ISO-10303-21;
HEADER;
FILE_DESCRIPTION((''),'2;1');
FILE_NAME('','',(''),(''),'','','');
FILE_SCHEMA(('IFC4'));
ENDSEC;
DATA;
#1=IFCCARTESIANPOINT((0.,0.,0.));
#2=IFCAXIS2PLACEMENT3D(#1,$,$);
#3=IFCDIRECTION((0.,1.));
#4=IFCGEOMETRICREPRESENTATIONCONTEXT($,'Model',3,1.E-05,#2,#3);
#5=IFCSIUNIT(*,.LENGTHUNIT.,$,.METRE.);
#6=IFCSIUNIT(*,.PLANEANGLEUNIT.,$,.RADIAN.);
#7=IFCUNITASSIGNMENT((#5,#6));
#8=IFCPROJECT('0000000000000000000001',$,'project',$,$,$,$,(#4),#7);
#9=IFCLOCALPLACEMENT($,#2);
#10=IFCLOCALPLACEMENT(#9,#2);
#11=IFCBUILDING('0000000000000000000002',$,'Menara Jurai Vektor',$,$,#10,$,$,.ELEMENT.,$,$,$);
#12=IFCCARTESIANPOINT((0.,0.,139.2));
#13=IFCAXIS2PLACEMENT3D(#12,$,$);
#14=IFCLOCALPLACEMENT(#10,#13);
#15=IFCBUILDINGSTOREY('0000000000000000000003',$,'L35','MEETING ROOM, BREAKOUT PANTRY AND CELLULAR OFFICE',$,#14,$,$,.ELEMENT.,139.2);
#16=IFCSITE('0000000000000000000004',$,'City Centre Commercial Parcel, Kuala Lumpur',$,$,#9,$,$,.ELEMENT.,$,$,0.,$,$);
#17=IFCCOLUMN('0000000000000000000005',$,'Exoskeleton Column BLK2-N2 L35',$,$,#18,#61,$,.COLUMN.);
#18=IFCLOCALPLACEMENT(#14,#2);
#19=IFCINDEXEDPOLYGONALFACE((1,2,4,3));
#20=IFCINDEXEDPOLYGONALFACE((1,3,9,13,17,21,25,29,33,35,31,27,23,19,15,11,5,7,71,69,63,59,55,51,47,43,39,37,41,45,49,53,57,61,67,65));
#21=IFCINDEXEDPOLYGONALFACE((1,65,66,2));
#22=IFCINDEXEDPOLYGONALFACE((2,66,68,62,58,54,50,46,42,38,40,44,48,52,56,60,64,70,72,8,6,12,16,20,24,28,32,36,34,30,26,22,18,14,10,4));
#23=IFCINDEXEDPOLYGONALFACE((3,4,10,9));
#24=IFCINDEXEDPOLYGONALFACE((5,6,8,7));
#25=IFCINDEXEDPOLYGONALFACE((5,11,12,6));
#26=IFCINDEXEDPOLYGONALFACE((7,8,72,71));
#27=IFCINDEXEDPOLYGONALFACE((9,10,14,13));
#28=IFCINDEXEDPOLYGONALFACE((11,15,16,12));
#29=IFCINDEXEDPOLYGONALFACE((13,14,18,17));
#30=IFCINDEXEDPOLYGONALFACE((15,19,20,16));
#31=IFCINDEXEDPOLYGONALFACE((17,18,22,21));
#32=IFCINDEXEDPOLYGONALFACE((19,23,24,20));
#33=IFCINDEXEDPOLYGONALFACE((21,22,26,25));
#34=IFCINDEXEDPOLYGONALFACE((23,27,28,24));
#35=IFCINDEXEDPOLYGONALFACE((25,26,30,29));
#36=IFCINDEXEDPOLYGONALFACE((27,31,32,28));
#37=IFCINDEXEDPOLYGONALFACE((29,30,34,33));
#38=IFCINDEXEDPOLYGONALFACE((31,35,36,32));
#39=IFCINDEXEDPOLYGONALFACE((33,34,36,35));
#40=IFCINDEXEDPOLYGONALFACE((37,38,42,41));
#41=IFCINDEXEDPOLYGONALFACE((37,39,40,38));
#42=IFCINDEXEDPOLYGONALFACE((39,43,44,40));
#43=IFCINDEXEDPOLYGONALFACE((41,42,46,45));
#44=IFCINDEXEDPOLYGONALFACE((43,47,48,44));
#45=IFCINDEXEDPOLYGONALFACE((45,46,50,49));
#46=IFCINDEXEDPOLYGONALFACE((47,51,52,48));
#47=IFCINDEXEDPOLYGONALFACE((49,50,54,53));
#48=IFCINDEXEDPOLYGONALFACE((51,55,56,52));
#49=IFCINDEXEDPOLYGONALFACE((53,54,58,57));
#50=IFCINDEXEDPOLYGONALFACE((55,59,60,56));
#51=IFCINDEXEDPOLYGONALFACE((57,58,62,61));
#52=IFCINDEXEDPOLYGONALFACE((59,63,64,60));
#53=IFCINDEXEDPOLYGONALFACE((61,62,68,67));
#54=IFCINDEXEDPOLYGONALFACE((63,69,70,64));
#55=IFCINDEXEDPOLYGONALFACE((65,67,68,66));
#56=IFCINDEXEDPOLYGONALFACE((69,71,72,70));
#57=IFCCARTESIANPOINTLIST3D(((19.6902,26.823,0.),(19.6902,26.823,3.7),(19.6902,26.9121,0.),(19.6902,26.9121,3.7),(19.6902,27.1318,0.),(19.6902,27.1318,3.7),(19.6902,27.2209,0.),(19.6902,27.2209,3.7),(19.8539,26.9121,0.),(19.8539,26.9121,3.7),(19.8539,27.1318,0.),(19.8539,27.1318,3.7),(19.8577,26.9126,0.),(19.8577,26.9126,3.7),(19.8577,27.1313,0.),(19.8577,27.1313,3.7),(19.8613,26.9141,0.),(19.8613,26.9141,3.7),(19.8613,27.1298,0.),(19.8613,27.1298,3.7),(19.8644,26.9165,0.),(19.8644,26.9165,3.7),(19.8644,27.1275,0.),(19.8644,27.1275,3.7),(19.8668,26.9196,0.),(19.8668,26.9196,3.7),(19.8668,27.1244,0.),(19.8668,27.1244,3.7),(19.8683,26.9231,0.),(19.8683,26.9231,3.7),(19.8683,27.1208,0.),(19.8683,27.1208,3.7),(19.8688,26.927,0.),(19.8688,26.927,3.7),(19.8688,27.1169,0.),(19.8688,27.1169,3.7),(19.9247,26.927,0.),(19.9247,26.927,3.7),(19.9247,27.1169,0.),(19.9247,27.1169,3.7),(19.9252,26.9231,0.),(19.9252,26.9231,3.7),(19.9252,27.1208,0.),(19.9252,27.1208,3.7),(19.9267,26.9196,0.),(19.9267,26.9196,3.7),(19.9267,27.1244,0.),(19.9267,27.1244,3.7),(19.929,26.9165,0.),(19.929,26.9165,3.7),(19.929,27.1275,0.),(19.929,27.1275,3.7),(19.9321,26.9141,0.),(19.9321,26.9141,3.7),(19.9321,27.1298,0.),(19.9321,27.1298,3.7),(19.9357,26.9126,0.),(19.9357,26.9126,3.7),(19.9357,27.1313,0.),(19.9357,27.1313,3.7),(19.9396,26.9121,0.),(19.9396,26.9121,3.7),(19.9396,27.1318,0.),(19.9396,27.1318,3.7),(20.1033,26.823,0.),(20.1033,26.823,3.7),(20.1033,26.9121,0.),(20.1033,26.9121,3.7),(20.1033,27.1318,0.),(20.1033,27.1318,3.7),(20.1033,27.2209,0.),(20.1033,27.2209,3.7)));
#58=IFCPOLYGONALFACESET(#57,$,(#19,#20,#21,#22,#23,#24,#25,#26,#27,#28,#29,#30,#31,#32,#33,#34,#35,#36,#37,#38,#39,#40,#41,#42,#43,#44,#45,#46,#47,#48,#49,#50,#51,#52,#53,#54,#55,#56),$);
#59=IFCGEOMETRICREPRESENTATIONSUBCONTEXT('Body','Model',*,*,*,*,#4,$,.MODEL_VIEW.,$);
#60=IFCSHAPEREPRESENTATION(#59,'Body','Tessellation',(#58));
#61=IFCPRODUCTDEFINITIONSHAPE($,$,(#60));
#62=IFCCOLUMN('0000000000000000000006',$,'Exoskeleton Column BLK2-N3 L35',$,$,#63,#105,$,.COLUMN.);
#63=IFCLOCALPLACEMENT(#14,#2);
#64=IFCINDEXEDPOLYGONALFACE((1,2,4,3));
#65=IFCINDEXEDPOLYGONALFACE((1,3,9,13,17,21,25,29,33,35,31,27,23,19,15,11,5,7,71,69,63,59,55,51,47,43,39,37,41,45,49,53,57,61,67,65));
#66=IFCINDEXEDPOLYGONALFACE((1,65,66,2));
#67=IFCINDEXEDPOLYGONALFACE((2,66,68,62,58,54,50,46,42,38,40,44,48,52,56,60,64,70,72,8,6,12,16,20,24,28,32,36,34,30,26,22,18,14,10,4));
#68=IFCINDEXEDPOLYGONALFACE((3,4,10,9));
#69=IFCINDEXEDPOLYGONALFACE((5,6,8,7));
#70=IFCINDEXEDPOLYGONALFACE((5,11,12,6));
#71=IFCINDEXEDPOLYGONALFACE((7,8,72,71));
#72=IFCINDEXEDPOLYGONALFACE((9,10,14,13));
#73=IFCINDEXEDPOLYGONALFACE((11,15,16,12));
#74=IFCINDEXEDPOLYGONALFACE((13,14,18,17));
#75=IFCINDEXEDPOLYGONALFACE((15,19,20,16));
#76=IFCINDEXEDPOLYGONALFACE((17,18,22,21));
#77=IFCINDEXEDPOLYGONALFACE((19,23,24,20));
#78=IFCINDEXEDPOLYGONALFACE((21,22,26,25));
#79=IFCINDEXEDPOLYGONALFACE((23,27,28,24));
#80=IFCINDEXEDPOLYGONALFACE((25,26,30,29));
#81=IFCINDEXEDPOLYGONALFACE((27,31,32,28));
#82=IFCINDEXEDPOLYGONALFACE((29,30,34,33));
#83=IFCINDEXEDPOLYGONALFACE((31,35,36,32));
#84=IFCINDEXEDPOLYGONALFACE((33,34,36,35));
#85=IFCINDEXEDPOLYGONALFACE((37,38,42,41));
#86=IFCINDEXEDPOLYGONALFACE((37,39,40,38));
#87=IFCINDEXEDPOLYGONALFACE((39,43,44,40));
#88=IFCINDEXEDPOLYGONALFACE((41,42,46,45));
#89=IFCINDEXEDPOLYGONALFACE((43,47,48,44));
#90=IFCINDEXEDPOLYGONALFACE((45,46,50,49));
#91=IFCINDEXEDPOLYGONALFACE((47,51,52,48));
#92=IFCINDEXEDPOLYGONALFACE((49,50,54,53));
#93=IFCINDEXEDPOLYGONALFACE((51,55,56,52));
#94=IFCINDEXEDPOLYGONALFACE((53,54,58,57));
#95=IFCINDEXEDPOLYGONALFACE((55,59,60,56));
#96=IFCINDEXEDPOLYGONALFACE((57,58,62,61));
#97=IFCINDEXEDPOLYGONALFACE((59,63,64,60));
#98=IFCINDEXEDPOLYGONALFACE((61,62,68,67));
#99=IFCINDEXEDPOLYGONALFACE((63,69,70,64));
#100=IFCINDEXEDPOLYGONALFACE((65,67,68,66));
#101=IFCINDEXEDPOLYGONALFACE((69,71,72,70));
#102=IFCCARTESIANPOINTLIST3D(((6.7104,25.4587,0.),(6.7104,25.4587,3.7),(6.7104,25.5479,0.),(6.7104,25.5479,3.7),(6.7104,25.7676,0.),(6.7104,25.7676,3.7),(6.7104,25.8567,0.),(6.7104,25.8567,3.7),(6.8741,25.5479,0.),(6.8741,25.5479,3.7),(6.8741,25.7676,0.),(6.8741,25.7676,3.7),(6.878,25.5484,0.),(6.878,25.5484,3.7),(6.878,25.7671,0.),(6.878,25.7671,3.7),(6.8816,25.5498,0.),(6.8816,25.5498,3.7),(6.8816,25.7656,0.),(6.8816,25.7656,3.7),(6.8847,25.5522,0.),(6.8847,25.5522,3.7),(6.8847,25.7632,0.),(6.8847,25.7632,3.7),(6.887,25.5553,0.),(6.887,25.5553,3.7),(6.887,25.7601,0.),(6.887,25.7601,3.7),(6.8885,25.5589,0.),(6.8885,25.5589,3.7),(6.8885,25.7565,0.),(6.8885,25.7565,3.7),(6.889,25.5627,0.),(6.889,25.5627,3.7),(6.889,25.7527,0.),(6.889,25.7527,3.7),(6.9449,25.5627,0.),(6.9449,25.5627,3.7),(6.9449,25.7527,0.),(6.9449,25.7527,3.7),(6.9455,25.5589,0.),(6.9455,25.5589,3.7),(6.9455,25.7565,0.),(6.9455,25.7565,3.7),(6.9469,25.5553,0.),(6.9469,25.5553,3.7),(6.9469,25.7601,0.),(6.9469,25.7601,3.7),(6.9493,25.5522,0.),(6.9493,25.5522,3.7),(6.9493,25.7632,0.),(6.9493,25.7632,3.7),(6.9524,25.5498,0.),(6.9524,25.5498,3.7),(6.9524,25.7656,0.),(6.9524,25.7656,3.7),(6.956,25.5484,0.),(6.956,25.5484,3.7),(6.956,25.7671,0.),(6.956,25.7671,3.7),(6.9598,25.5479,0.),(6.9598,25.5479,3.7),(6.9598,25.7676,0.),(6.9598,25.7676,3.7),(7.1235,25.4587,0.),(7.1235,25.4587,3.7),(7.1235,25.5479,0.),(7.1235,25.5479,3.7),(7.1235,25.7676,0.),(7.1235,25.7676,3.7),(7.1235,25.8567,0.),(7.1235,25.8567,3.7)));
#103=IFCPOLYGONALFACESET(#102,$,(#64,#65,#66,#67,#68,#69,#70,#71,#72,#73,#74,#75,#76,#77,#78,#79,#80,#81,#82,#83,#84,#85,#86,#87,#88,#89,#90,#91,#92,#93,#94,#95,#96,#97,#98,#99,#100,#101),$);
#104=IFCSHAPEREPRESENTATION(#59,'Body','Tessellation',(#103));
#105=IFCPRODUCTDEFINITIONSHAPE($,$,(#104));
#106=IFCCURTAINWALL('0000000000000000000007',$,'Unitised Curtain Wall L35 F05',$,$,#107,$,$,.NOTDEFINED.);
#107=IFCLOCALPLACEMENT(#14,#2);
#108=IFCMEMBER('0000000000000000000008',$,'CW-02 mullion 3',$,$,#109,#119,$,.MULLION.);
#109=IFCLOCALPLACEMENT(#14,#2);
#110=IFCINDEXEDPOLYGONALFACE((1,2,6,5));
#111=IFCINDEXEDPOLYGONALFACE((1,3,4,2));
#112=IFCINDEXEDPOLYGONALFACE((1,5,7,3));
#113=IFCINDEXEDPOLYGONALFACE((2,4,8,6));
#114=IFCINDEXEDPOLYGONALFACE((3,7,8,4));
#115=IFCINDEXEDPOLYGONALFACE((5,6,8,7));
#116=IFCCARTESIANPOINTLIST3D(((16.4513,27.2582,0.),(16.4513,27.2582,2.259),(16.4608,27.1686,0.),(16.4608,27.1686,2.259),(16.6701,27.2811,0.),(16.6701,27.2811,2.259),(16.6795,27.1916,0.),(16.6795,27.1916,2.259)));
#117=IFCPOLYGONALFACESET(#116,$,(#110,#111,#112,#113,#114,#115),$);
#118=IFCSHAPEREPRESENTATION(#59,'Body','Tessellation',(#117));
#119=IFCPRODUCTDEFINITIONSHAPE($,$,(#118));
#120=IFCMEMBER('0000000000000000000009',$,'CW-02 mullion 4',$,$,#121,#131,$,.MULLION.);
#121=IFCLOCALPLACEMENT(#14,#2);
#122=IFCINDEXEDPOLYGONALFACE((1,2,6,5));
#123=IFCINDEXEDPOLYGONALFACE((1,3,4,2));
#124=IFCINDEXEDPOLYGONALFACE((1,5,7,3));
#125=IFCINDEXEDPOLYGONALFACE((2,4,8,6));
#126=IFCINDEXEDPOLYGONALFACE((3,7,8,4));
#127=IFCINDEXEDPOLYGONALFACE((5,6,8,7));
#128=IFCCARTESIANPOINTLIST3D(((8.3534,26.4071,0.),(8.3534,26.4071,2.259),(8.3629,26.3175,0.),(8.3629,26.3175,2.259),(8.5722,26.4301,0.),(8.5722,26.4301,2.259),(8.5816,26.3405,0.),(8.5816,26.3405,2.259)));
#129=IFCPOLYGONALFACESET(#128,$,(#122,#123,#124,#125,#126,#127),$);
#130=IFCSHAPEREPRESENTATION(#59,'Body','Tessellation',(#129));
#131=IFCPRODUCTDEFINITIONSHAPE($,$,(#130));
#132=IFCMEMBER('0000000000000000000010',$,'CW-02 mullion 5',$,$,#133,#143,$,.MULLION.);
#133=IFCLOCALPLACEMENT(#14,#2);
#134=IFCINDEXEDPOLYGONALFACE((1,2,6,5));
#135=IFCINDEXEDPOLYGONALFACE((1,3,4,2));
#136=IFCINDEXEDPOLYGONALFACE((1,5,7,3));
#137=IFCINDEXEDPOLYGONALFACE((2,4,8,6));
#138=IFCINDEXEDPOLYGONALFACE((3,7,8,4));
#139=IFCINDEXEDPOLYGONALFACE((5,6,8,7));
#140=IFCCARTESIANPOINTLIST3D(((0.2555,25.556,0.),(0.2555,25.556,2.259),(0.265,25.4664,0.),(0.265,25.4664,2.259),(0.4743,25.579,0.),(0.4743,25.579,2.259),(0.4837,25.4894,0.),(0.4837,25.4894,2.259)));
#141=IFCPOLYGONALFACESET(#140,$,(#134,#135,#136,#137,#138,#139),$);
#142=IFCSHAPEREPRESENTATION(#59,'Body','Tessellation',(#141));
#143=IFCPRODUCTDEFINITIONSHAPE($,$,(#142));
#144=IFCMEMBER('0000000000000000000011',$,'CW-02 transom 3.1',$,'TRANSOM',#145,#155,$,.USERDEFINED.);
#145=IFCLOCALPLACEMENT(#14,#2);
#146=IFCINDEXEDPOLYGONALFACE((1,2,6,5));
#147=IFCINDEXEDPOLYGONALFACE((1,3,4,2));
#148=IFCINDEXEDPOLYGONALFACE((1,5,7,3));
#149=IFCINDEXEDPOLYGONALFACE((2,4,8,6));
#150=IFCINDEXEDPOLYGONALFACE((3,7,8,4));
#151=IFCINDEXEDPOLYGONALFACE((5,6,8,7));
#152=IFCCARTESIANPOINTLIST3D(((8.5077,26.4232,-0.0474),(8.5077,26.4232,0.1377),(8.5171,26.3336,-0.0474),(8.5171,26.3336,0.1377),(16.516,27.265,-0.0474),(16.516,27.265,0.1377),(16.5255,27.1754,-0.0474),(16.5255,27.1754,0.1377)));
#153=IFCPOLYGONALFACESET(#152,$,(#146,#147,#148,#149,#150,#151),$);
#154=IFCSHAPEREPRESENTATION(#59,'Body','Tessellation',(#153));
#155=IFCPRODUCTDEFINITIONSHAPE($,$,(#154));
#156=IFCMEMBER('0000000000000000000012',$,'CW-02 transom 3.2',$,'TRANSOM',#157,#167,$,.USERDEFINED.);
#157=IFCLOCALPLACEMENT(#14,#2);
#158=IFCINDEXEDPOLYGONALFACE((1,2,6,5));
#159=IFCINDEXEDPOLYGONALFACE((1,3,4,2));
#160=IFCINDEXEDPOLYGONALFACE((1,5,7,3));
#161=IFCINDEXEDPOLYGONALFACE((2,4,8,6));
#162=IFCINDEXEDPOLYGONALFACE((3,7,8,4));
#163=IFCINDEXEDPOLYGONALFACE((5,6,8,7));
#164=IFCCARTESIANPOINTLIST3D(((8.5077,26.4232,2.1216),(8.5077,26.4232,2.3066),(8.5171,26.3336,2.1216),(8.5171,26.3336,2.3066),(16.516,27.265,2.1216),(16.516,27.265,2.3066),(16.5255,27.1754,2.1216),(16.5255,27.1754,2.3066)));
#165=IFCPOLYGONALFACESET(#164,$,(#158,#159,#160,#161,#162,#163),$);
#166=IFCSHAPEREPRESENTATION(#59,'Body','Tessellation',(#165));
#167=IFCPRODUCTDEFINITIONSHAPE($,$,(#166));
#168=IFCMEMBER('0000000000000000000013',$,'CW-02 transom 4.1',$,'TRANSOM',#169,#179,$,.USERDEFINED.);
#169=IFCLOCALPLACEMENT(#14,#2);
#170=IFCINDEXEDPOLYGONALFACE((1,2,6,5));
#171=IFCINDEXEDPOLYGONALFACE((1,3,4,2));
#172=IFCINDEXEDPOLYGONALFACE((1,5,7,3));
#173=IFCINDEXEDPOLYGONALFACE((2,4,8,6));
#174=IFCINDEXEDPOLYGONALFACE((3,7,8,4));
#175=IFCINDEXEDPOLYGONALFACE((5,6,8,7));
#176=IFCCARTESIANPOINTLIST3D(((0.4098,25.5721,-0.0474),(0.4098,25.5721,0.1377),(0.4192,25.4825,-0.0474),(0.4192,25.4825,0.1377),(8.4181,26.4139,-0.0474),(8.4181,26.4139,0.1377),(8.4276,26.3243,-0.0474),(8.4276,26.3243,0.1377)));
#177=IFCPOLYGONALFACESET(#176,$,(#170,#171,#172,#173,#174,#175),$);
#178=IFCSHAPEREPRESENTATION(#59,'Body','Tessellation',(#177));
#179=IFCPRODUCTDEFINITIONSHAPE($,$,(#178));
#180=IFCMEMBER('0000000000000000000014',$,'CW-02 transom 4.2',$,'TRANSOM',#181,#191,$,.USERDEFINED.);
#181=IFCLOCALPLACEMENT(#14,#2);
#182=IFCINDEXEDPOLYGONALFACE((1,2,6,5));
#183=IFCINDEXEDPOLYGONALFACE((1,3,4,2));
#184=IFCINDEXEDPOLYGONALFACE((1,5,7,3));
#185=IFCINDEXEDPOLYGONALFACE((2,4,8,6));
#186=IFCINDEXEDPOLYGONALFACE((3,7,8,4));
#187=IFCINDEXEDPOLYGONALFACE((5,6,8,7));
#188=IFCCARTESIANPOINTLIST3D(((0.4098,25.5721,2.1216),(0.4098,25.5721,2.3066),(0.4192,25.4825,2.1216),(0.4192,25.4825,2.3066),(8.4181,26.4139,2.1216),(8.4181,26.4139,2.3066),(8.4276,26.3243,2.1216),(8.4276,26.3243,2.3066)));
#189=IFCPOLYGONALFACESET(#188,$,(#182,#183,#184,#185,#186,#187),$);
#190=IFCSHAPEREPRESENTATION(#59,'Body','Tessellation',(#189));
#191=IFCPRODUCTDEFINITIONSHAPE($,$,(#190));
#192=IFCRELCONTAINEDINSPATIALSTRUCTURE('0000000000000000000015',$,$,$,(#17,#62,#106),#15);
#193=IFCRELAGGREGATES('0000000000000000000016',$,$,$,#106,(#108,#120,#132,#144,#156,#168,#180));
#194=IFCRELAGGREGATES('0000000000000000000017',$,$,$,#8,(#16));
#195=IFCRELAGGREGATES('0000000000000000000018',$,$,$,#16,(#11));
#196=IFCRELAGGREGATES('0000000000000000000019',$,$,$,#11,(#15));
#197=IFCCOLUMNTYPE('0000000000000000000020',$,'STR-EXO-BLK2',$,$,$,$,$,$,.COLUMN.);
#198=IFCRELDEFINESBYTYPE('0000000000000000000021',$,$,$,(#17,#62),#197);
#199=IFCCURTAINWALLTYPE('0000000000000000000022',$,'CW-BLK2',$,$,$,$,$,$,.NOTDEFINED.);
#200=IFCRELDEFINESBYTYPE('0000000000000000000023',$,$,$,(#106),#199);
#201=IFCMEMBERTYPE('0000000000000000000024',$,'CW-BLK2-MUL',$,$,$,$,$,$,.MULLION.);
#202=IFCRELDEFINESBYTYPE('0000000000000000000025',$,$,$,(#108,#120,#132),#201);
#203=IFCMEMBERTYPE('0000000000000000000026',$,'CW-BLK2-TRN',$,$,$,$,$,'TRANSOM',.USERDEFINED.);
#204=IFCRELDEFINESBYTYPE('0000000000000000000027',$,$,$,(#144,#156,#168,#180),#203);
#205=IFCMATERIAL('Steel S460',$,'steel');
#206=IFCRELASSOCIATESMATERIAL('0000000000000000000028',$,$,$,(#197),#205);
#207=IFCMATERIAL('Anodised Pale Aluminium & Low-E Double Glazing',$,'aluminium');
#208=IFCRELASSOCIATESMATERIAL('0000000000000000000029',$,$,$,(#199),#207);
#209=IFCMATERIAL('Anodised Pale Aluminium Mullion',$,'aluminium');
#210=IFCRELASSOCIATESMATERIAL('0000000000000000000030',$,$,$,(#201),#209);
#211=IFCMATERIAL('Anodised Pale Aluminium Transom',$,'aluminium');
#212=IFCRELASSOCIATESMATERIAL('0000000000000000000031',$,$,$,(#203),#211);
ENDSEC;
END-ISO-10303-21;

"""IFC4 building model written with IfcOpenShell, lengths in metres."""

from ifc_helpers import new_model, si_unit, direction, frame, origin, origin_2d, place, context, subcontext, project, spatial, rectangle, i_section, extrude, material, material_profile, profile_set, type_object, element, aggregate, save


model = new_model("IFC4")

# Units and contexts
model_context = context("Model", 3, precision=1e-05, world=origin(), true_north=direction((0.0, 1.0)))
body_context = subcontext(model_context, "Body", "Model", "MODEL_VIEW")
ifc_project = project(units=[si_unit("LENGTHUNIT", "METRE"), si_unit("PLANEANGLEUNIT", "RADIAN")], contexts=[model_context])

# Site, building, storey
site_placement = place(None, origin())
site = spatial("IfcSite", under=ifc_project, at=site_placement, Name="City Centre Commercial Parcel, Kuala Lumpur", CompositionType="ELEMENT", RefElevation=0.0)
building_placement = place(site_placement, origin())
building = spatial("IfcBuilding", under=site, at=building_placement, Name="Menara Jurai Vektor", CompositionType="ELEMENT")
storey_placement = place(building_placement, frame((0.0, 0.0, 139.2)))
storey = spatial("IfcBuildingStorey", under=building, at=storey_placement, Name="L35", Description="MEETING ROOM, BREAKOUT PANTRY AND CELLULAR OFFICE", CompositionType="ELEMENT", Elevation=139.2)

# Columns
ifc_material_1 = material(Name="Steel S460", Category="steel")
ifc_material_profile_1 = material_profile(ifc_material_1, i_section(OverallWidth=0.4131, OverallDepth=0.3979, WebThickness=0.0559, FlangeThickness=0.0891, FilletRadius=0.0149, at=origin_2d()), Name="HD 400x744")
ifc_profile_set_1 = profile_set([ifc_material_profile_1], Name="Steel S460")
column_type = type_object("IfcColumnType", Name="STR-EXO-BLK2", PredefinedType="COLUMN", material=ifc_profile_set_1)
for number, where, z_axis, x_axis, name in (
    (1, (19.8967, 27.022, 0.0), (0.0, 0.0, 1.0), (1.0, 0.0, 0.0), "Exoskeleton Column BLK2-N2 L35"),
    (2, (6.917, 25.6577, 0.0), (0.0, 0.0, 1.0), (1.0, 0.0, 0.0), "Exoskeleton Column BLK2-N3 L35"),
):
    element("IfcColumn", number, at=place(storey_placement, frame(where, z_axis=z_axis, x_axis=x_axis)), inside=storey, type_object=column_type, Name=name, PredefinedType="COLUMN", context=body_context, shape_type="SweptSolid", body=[
        extrude(i_section(OverallWidth=0.4131, OverallDepth=0.3979, WebThickness=0.0559, FlangeThickness=0.0891, FilletRadius=0.0149, at=origin_2d()), origin(), (0.0, 0.0, 1.0), 3.7),
    ])

# Curtain wall, members
ifc_material_2 = material(Name="Anodised Pale Aluminium & Low-E Double Glazing", Category="aluminium")
curtain_wall_type = type_object("IfcCurtainWallType", Name="CW-BLK2", PredefinedType="NOTDEFINED", material=ifc_material_2)
curtain_wall_placement = place(storey_placement, origin())
curtain_wall = element("IfcCurtainWall", 3, at=curtain_wall_placement, inside=storey, type_object=curtain_wall_type, Name="Unitised Curtain Wall L35 F05", PredefinedType="NOTDEFINED")
ifc_material_3 = material(Name="Anodised Pale Aluminium Mullion", Category="aluminium")
ifc_material_profile_2 = material_profile(ifc_material_3, rectangle(XDim=0.0901, YDim=0.22, at=origin_2d()), Name="ALU MUL 90x220")
ifc_profile_set_2 = profile_set([ifc_material_profile_2], Name="Anodised Pale Aluminium Mullion")
member_type_1 = type_object("IfcMemberType", Name="CW-BLK2-MUL", PredefinedType="MULLION", material=ifc_profile_set_2)
member_1_placement = place(storey_placement, frame((16.5654, 27.2249, 0.0), z_axis=(0.0, 0.0, 1.0), x_axis=(0.104529, -0.994522, 0.0)))
member_1 = element("IfcMember", 4, at=member_1_placement, type_object=member_type_1, Name="CW-02 mullion 3", PredefinedType="MULLION", context=body_context, shape_type="SweptSolid", body=[
    extrude(rectangle(XDim=0.0901, YDim=0.22, at=origin_2d()), origin(), (0.0, 0.0, 1.0), 2.259),
])
member_2_placement = place(storey_placement, frame((8.4675, 26.3738, 0.0), z_axis=(0.0, 0.0, 1.0), x_axis=(0.104529, -0.994522, 0.0)))
member_2 = element("IfcMember", 5, at=member_2_placement, type_object=member_type_1, Name="CW-02 mullion 4", PredefinedType="MULLION", context=body_context, shape_type="SweptSolid", body=[
    extrude(rectangle(XDim=0.0901, YDim=0.22, at=origin_2d()), origin(), (0.0, 0.0, 1.0), 2.259),
])
member_3_placement = place(storey_placement, frame((0.3696, 25.5227, 0.0), z_axis=(0.0, 0.0, 1.0), x_axis=(0.104529, -0.994522, 0.0)))
member_3 = element("IfcMember", 6, at=member_3_placement, type_object=member_type_1, Name="CW-02 mullion 5", PredefinedType="MULLION", context=body_context, shape_type="SweptSolid", body=[
    extrude(rectangle(XDim=0.0901, YDim=0.22, at=origin_2d()), origin(), (0.0, 0.0, 1.0), 2.259),
])
ifc_material_4 = material(Name="Anodised Pale Aluminium Transom", Category="aluminium")
ifc_material_profile_3 = material_profile(ifc_material_4, rectangle(XDim=0.0901, YDim=0.1851, at=origin_2d()), Name="ALU TRN 90x185")
ifc_profile_set_3 = profile_set([ifc_material_profile_3], Name="Anodised Pale Aluminium Transom")
member_type_2 = type_object("IfcMemberType", Name="CW-BLK2-TRN", ElementType="TRANSOM", PredefinedType="USERDEFINED", material=ifc_profile_set_3)
member_4_placement = place(storey_placement, frame((16.5208, 27.2202, 0.0452), z_axis=(-0.994521, -0.10454, 0.0), x_axis=(0.10454, -0.994521, 0.0)))
member_4 = element("IfcMember", 7, at=member_4_placement, type_object=member_type_2, Name="CW-02 transom 3.1", ObjectType="TRANSOM", PredefinedType="USERDEFINED", context=body_context, shape_type="SweptSolid", body=[
    extrude(rectangle(XDim=0.0901, YDim=0.1851, at=origin_2d()), origin(), (0.0, 0.0, 1.0), 8.0525),
])
member_5_placement = place(storey_placement, frame((16.5208, 27.2202, 2.2141), z_axis=(-0.994521, -0.10454, 0.0), x_axis=(0.10454, -0.994521, 0.0)))
member_5 = element("IfcMember", 8, at=member_5_placement, type_object=member_type_2, Name="CW-02 transom 3.2", ObjectType="TRANSOM", PredefinedType="USERDEFINED", context=body_context, shape_type="SweptSolid", body=[
    extrude(rectangle(XDim=0.0901, YDim=0.1851, at=origin_2d()), origin(), (0.0, 0.0, 1.0), 8.0525),
])
member_6_placement = place(storey_placement, frame((8.4229, 26.3691, 0.0452), z_axis=(-0.994521, -0.10454, 0.0), x_axis=(0.10454, -0.994521, 0.0)))
member_6 = element("IfcMember", 9, at=member_6_placement, type_object=member_type_2, Name="CW-02 transom 4.1", ObjectType="TRANSOM", PredefinedType="USERDEFINED", context=body_context, shape_type="SweptSolid", body=[
    extrude(rectangle(XDim=0.0901, YDim=0.1851, at=origin_2d()), origin(), (0.0, 0.0, 1.0), 8.0525),
])
member_7_placement = place(storey_placement, frame((8.4229, 26.3691, 2.2141), z_axis=(-0.994521, -0.10454, 0.0), x_axis=(0.10454, -0.994521, 0.0)))
member_7 = element("IfcMember", 10, at=member_7_placement, type_object=member_type_2, Name="CW-02 transom 4.2", ObjectType="TRANSOM", PredefinedType="USERDEFINED", context=body_context, shape_type="SweptSolid", body=[
    extrude(rectangle(XDim=0.0901, YDim=0.1851, at=origin_2d()), origin(), (0.0, 0.0, 1.0), 8.0525),
])

aggregate(curtain_wall, [member_1, member_2, member_3, member_4, member_5, member_6, member_7])

save(model, "model.ifc")
